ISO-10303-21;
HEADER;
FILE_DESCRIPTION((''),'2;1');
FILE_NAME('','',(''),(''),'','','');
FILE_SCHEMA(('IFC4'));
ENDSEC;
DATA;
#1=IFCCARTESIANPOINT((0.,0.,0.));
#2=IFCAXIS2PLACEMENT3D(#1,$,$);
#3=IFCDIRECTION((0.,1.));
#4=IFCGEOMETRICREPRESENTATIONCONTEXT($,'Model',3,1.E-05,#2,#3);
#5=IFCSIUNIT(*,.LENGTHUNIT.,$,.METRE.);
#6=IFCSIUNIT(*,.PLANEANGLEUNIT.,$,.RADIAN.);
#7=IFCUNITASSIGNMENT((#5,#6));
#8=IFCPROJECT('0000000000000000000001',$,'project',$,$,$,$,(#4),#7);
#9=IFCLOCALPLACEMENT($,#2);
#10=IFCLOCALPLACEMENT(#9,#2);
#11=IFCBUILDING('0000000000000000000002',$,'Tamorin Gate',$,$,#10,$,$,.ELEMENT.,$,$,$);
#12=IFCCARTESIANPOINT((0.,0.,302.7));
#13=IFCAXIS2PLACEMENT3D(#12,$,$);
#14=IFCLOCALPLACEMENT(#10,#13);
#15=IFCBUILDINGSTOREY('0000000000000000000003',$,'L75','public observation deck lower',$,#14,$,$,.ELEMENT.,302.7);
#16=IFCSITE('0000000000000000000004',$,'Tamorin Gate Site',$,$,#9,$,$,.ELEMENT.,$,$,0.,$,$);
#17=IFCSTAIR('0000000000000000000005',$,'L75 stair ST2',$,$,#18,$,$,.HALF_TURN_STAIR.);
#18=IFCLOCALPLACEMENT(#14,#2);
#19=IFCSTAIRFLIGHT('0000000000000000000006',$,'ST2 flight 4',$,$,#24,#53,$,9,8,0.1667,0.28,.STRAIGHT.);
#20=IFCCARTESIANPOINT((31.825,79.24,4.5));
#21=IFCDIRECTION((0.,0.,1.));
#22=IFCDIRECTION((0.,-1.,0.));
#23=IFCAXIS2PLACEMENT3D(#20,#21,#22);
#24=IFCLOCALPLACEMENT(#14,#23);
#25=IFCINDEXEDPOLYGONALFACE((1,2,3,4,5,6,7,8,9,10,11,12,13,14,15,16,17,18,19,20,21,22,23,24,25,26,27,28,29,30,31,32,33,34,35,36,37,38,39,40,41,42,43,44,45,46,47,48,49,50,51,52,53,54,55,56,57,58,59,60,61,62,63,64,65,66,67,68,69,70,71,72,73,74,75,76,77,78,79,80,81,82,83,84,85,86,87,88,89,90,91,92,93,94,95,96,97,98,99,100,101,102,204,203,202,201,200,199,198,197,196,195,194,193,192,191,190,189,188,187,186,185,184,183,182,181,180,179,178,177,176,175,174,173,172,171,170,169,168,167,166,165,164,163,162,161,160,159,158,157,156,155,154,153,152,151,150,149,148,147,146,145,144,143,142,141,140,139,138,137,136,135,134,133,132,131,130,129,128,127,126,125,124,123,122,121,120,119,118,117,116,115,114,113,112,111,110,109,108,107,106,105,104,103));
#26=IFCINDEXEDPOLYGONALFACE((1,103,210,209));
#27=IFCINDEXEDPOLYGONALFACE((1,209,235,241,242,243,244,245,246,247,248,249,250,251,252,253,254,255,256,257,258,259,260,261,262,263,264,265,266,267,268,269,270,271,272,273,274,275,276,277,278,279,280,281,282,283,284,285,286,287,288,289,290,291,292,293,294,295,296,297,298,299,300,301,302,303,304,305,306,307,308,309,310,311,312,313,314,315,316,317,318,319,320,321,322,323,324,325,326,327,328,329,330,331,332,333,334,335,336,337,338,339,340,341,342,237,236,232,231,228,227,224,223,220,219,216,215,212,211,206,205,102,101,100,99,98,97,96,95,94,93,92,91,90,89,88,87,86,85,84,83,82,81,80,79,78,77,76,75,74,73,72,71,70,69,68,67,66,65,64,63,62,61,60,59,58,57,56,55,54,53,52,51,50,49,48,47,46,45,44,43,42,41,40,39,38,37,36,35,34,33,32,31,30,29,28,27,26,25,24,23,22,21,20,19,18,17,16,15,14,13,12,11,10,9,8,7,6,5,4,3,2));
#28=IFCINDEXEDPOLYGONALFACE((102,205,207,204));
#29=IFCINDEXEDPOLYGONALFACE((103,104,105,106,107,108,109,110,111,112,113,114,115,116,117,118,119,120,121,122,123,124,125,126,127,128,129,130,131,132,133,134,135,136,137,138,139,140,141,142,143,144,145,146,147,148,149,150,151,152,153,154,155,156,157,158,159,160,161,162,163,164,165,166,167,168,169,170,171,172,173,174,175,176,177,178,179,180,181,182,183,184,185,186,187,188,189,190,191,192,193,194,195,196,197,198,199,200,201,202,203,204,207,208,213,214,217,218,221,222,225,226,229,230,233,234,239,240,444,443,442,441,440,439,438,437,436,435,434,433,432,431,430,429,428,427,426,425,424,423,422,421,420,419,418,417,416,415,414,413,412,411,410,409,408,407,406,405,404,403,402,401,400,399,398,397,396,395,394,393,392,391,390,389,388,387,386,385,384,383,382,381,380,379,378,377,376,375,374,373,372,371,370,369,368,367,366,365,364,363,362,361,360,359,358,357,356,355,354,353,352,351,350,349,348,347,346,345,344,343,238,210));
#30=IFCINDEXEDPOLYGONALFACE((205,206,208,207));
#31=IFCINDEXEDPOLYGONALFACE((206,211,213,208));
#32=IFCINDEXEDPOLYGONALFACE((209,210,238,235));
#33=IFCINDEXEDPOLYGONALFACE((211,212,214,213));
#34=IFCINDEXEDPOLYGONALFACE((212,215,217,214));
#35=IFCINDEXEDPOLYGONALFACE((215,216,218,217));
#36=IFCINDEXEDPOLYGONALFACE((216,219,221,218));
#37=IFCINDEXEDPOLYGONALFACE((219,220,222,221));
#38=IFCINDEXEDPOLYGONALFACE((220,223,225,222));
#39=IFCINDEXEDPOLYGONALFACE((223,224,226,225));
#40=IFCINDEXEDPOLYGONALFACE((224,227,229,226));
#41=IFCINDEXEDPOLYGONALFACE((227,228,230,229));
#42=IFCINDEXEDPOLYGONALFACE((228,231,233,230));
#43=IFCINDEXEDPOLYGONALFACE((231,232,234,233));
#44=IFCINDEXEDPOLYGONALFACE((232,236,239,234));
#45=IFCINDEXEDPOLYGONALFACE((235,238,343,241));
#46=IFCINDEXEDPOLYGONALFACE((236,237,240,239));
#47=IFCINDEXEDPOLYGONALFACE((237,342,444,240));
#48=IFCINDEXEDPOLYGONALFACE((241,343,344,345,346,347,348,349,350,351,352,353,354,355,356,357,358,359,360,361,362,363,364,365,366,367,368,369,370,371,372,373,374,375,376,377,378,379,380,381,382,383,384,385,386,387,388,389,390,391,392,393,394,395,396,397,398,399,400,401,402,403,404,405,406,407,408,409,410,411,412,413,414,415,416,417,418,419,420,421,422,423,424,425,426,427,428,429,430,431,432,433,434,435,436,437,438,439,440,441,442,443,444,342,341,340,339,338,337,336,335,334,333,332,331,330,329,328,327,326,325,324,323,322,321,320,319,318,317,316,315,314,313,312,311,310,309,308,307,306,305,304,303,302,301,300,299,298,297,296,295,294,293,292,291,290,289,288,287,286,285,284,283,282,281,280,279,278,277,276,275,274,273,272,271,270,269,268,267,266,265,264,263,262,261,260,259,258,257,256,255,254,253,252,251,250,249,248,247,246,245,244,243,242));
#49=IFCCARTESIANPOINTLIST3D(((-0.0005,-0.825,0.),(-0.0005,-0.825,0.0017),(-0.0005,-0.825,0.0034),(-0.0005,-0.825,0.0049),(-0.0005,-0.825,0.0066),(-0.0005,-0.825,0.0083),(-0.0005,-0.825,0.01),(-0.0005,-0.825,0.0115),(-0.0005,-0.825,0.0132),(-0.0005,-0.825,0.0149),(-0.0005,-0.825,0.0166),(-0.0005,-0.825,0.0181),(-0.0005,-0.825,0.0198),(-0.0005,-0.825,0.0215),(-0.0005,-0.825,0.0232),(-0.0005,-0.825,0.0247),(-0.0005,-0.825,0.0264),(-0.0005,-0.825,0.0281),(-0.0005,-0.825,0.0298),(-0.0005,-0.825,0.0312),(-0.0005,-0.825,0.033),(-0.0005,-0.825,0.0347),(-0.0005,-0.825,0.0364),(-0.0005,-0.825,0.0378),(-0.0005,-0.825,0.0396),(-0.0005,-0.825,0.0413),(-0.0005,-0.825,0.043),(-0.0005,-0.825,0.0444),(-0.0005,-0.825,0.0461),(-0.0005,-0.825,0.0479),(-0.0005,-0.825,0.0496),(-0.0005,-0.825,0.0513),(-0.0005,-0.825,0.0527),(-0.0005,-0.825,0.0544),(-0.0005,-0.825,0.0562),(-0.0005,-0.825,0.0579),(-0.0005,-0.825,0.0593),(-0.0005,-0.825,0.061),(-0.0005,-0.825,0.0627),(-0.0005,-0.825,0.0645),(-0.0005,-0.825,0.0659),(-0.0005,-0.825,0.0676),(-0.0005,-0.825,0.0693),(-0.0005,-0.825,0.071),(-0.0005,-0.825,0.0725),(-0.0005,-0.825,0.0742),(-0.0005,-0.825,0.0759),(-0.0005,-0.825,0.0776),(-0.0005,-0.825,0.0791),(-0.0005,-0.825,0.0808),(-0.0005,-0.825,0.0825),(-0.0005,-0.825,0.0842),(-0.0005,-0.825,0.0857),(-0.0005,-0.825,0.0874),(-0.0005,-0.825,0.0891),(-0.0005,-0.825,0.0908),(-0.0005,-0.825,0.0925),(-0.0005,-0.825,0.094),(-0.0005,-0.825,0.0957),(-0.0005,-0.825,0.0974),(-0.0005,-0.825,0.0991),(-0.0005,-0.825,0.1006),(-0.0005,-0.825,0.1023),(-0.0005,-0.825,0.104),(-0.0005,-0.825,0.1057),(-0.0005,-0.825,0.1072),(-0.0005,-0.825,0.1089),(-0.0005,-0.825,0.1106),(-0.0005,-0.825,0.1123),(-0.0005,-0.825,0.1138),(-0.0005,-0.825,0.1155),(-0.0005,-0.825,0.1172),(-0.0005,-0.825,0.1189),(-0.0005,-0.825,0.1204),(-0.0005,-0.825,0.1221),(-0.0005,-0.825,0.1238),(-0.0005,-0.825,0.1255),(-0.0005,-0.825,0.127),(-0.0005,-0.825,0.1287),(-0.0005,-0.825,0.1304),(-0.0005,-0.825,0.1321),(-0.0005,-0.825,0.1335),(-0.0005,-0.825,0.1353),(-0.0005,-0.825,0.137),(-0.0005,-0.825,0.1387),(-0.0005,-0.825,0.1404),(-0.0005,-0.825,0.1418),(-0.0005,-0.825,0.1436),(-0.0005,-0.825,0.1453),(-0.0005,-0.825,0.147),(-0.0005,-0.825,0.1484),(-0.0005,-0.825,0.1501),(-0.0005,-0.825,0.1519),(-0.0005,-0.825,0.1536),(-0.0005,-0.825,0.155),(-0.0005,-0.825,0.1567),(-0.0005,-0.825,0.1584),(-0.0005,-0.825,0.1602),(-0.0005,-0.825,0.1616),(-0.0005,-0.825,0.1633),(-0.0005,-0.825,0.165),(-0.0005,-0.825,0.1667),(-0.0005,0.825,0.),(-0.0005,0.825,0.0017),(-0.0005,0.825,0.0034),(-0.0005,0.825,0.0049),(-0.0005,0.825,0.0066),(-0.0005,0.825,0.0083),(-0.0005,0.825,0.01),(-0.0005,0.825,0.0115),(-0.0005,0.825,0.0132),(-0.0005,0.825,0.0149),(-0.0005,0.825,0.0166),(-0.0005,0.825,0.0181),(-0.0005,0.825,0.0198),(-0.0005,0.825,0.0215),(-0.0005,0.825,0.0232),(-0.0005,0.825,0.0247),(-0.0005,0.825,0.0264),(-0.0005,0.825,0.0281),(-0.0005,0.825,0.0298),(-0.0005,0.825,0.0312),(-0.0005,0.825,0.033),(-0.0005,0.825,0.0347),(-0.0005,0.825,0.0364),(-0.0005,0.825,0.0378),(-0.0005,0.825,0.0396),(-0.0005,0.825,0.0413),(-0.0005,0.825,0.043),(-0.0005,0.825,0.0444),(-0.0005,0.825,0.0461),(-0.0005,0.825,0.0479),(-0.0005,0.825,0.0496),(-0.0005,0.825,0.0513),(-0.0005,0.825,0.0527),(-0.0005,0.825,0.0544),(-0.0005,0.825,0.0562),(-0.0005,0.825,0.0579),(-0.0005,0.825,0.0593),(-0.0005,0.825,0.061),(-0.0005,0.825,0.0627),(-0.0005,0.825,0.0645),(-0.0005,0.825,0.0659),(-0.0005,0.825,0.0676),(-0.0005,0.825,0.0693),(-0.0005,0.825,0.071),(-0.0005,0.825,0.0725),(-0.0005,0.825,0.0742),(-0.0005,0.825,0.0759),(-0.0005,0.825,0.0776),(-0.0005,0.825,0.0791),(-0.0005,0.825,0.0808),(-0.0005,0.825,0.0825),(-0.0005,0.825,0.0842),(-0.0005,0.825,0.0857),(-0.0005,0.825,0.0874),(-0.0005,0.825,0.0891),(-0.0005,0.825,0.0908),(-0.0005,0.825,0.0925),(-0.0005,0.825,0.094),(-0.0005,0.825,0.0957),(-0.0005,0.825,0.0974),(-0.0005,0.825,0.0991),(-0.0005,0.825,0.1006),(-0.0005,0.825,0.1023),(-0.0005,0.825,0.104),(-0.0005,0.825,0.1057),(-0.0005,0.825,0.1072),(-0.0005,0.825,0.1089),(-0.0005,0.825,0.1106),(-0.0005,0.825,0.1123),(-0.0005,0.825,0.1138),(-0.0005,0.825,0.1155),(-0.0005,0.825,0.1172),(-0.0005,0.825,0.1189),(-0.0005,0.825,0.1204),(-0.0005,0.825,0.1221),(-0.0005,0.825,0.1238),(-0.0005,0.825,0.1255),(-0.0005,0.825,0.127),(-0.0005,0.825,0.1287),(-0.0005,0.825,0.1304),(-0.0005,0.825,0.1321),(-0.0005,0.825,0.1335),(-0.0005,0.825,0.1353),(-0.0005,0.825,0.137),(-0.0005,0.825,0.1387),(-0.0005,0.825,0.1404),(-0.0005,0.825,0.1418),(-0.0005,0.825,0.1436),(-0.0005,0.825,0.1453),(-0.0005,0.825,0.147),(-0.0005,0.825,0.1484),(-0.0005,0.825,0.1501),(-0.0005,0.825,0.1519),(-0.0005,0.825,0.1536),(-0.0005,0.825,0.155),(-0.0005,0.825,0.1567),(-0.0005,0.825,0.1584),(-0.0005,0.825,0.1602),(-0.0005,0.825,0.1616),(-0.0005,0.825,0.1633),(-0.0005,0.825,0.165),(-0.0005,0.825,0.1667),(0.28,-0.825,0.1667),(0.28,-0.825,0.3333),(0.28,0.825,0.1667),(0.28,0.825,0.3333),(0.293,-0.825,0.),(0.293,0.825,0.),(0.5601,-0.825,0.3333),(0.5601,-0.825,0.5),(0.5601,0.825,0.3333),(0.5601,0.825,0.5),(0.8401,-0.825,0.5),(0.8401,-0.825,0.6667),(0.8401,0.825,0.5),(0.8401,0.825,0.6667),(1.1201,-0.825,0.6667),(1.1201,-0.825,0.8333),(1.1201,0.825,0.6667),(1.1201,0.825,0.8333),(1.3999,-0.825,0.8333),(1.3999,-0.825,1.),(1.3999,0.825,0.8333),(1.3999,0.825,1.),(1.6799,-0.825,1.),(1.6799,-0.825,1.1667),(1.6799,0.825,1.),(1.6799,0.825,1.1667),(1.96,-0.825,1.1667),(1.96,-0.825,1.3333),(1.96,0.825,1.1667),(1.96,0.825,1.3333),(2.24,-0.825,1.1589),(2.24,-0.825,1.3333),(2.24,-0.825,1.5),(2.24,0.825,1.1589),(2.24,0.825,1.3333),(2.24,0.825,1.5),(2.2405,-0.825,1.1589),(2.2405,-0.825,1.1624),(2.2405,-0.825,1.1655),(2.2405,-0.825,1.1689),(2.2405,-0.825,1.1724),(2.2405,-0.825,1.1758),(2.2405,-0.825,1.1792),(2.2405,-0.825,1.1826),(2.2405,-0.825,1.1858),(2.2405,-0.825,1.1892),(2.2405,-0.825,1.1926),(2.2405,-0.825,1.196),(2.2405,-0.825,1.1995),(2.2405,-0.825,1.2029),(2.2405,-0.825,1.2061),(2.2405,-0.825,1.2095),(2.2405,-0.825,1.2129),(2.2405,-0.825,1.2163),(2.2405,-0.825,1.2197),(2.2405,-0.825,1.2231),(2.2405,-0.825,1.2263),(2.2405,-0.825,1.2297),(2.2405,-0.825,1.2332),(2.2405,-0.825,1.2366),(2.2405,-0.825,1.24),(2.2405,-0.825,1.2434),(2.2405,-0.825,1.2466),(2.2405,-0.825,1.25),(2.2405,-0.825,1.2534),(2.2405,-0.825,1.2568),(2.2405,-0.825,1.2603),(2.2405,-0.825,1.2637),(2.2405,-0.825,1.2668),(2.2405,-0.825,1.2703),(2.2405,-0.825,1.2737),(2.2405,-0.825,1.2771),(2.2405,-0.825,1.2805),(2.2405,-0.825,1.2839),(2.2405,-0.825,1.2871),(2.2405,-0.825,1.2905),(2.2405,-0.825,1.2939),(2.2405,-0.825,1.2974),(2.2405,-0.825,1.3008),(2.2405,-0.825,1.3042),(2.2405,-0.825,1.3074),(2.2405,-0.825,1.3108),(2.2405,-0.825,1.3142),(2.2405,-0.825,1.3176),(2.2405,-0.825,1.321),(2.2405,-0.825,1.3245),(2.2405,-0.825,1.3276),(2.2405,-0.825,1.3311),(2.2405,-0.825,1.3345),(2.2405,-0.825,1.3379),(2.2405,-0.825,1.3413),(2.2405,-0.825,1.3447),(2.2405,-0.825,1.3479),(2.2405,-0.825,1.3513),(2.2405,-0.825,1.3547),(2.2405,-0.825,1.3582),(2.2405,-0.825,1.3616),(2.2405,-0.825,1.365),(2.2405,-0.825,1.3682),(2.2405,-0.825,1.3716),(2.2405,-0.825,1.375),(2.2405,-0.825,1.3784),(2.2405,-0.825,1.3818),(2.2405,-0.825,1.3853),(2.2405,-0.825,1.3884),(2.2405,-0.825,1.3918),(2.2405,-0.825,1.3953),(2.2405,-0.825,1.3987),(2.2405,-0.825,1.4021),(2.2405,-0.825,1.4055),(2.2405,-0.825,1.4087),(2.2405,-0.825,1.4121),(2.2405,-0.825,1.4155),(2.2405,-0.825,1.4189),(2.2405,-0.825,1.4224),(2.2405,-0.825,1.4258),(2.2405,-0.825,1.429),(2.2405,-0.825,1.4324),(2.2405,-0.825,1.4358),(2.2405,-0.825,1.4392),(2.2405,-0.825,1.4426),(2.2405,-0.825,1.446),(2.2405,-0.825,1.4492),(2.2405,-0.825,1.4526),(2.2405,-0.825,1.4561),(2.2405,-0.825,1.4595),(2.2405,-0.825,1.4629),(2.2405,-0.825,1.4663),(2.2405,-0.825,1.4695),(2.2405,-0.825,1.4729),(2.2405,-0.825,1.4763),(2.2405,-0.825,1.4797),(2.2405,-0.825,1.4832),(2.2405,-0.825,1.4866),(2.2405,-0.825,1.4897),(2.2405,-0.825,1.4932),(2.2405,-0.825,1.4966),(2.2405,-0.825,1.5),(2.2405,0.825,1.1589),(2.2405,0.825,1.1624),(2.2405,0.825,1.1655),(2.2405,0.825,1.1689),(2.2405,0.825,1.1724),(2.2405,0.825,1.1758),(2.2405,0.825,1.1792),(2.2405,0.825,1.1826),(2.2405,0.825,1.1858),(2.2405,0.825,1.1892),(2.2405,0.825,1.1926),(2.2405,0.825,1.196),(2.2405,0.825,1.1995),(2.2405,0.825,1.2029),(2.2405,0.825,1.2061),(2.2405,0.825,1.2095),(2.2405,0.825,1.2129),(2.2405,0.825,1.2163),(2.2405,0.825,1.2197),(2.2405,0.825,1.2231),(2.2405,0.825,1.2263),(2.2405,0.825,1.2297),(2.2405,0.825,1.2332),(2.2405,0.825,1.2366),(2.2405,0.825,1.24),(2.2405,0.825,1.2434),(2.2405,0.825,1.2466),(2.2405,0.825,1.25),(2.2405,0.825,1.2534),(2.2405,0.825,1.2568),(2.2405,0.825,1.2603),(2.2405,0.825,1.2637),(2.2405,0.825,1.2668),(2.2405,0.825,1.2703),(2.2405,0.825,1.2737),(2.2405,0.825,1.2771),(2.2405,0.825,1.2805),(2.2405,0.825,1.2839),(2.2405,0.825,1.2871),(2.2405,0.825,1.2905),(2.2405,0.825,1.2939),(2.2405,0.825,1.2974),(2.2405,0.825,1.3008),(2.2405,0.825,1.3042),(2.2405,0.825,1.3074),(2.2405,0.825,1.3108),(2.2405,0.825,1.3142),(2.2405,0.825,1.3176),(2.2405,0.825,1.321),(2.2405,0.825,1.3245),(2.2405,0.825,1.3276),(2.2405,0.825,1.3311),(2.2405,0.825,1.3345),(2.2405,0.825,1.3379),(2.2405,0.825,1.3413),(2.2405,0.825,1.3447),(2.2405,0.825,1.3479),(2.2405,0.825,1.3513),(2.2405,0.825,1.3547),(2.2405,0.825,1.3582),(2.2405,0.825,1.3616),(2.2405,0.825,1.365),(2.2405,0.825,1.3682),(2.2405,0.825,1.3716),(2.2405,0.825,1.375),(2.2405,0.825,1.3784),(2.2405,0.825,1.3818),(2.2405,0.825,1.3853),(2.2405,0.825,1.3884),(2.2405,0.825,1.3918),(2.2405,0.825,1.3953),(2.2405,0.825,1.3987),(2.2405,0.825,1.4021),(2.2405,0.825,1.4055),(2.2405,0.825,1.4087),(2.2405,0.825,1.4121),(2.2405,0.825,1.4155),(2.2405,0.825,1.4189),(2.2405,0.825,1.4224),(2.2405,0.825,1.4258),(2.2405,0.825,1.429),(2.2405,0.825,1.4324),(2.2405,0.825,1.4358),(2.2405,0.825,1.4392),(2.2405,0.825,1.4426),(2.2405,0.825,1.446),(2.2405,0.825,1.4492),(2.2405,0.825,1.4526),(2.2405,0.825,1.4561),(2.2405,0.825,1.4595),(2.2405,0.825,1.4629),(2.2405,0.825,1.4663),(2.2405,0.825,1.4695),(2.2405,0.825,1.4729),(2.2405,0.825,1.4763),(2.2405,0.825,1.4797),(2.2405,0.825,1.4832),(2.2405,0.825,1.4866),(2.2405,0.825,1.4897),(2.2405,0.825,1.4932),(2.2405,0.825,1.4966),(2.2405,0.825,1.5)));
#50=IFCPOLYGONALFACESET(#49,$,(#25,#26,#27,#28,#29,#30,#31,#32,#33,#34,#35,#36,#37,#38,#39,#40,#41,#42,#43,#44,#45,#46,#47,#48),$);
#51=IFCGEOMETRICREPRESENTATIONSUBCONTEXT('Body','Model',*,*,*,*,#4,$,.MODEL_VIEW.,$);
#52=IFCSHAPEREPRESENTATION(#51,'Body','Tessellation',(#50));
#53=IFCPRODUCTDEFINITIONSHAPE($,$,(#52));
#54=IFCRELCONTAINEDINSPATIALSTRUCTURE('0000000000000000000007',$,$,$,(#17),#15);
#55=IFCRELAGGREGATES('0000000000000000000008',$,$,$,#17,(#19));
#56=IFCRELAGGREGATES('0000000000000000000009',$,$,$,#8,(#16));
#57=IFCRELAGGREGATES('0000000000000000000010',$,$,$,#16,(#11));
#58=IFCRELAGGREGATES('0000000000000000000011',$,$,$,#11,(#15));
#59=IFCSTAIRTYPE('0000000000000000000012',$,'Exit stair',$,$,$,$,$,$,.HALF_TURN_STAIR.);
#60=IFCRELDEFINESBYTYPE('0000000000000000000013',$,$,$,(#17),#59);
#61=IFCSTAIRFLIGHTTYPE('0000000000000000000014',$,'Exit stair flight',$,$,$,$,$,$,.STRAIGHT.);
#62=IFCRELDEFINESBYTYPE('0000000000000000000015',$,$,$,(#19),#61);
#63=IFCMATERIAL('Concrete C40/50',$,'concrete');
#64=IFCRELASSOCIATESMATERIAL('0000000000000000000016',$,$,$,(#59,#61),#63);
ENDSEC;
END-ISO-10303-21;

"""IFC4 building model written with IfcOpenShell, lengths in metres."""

from ifc_helpers import new_model, si_unit, direction, frame, origin, place, context, subcontext, project, spatial, polyline, outline, extrude, material, type_object, element, aggregate, save


model = new_model("IFC4")

# Units and contexts
model_context = context("Model", 3, precision=1e-05, world=origin(), true_north=direction((0.0, 1.0)))
body_context = subcontext(model_context, "Body", "Model", "MODEL_VIEW")
ifc_project = project(units=[si_unit("LENGTHUNIT", "METRE"), si_unit("PLANEANGLEUNIT", "RADIAN")], contexts=[model_context])

# Site, building, storey
site_placement = place(None, origin())
site = spatial("IfcSite", under=ifc_project, at=site_placement, Name="Tamorin Gate Site", CompositionType="ELEMENT", RefElevation=0.0)
building_placement = place(site_placement, origin())
building = spatial("IfcBuilding", under=site, at=building_placement, Name="Tamorin Gate", CompositionType="ELEMENT")
storey_placement = place(building_placement, frame((0.0, 0.0, 302.7)))
storey = spatial("IfcBuildingStorey", under=building, at=storey_placement, Name="L75", Description="public observation deck lower", CompositionType="ELEMENT", Elevation=302.7)

# Stair, stair flight
ifc_material_1 = material(Name="Concrete C40/50", Category="concrete")
stair_type = type_object("IfcStairType", Name="Exit stair", PredefinedType="HALF_TURN_STAIR", material=ifc_material_1)
stair_placement = place(storey_placement, origin())
stair = element("IfcStair", 1, at=stair_placement, inside=storey, type_object=stair_type, Name="L75 stair ST2", PredefinedType="HALF_TURN_STAIR")
stair_flight_type = type_object("IfcStairFlightType", Name="Exit stair flight", PredefinedType="STRAIGHT", material=ifc_material_1)
stair_flight_1_placement = place(storey_placement, frame((31.825, 79.24, 4.5), z_axis=(0.0, 0.0, 1.0), x_axis=(0.0, -1.0, 0.0)))
stair_flight_1 = element("IfcStairFlight", 2, at=stair_flight_1_placement, type_object=stair_flight_type, Name="ST2 flight 4", NumberOfRisers=9, NumberOfTreads=8, PredefinedType="STRAIGHT", RiserHeight=0.1667, TreadLength=0.28, context=body_context, shape_type="SweptSolid", body=[
    extrude(outline(polyline([(-0.0005, 0.0), (-0.0005, 0.0017), (-0.0005, 0.0034), (-0.0005, 0.0049), (-0.0005, 0.0066), (-0.0005, 0.0083), (-0.0005, 0.01), (-0.0005, 0.0115), (-0.0005, 0.0132), (-0.0005, 0.0149), (-0.0005, 0.0166), (-0.0005, 0.0181), (-0.0005, 0.0198), (-0.0005, 0.0215), (-0.0005, 0.0232), (-0.0005, 0.0247), (-0.0005, 0.0264), (-0.0005, 0.0281), (-0.0005, 0.0298), (-0.0005, 0.0312), (-0.0005, 0.033), (-0.0005, 0.0347), (-0.0005, 0.0364), (-0.0005, 0.0378), (-0.0005, 0.0396), (-0.0005, 0.0413), (-0.0005, 0.043), (-0.0005, 0.0444), (-0.0005, 0.0461), (-0.0005, 0.0479), (-0.0005, 0.0496), (-0.0005, 0.0513), (-0.0005, 0.0527), (-0.0005, 0.0544), (-0.0005, 0.0562), (-0.0005, 0.0579), (-0.0005, 0.0593), (-0.0005, 0.061), (-0.0005, 0.0627), (-0.0005, 0.0645), (-0.0005, 0.0659), (-0.0005, 0.0676), (-0.0005, 0.0693), (-0.0005, 0.071), (-0.0005, 0.0725), (-0.0005, 0.0742), (-0.0005, 0.0759), (-0.0005, 0.0776), (-0.0005, 0.0791), (-0.0005, 0.0808), (-0.0005, 0.0825), (-0.0005, 0.0842), (-0.0005, 0.0857), (-0.0005, 0.0874), (-0.0005, 0.0891), (-0.0005, 0.0908), (-0.0005, 0.0925), (-0.0005, 0.094), (-0.0005, 0.0957), (-0.0005, 0.0974), (-0.0005, 0.0991), (-0.0005, 0.1006), (-0.0005, 0.1023), (-0.0005, 0.104), (-0.0005, 0.1057), (-0.0005, 0.1072), (-0.0005, 0.1089), (-0.0005, 0.1106), (-0.0005, 0.1123), (-0.0005, 0.1138), (-0.0005, 0.1155), (-0.0005, 0.1172), (-0.0005, 0.1189), (-0.0005, 0.1204), (-0.0005, 0.1221), (-0.0005, 0.1238), (-0.0005, 0.1255), (-0.0005, 0.127), (-0.0005, 0.1287), (-0.0005, 0.1304), (-0.0005, 0.1321), (-0.0005, 0.1335), (-0.0005, 0.1353), (-0.0005, 0.137), (-0.0005, 0.1387), (-0.0005, 0.1404), (-0.0005, 0.1418), (-0.0005, 0.1436), (-0.0005, 0.1453), (-0.0005, 0.147), (-0.0005, 0.1484), (-0.0005, 0.1501), (-0.0005, 0.1519), (-0.0005, 0.1536), (-0.0005, 0.155), (-0.0005, 0.1567), (-0.0005, 0.1584), (-0.0005, 0.1602), (-0.0005, 0.1616), (-0.0005, 0.1633), (-0.0005, 0.165), (-0.0005, 0.1667), (0.28, 0.1667), (0.28, 0.3333), (0.5601, 0.3333), (0.5601, 0.5), (0.8401, 0.5), (0.8401, 0.6667), (1.1201, 0.6667), (1.1201, 0.8333), (1.3999, 0.8333), (1.3999, 1.0), (1.6799, 1.0), (1.6799, 1.1667), (1.96, 1.1667), (1.96, 1.3333), (2.24, 1.3333), (2.24, 1.5), (2.2405, 1.5), (2.2405, 1.4966), (2.2405, 1.4932), (2.2405, 1.4897), (2.2405, 1.4866), (2.2405, 1.4832), (2.2405, 1.4797), (2.2405, 1.4763), (2.2405, 1.4729), (2.2405, 1.4695), (2.2405, 1.4663), (2.2405, 1.4629), (2.2405, 1.4595), (2.2405, 1.4561), (2.2405, 1.4526), (2.2405, 1.4492), (2.2405, 1.446), (2.2405, 1.4426), (2.2405, 1.4392), (2.2405, 1.4358), (2.2405, 1.4324), (2.2405, 1.429), (2.2405, 1.4258), (2.2405, 1.4224), (2.2405, 1.4189), (2.2405, 1.4155), (2.2405, 1.4121), (2.2405, 1.4087), (2.2405, 1.4055), (2.2405, 1.4021), (2.2405, 1.3987), (2.2405, 1.3953), (2.2405, 1.3918), (2.2405, 1.3884), (2.2405, 1.3853), (2.2405, 1.3818), (2.2405, 1.3784), (2.2405, 1.375), (2.2405, 1.3716), (2.2405, 1.3682), (2.2405, 1.365), (2.2405, 1.3616), (2.2405, 1.3582), (2.2405, 1.3547), (2.2405, 1.3513), (2.2405, 1.3479), (2.2405, 1.3447), (2.2405, 1.3413), (2.2405, 1.3379), (2.2405, 1.3345), (2.2405, 1.3311), (2.2405, 1.3276), (2.2405, 1.3245), (2.2405, 1.321), (2.2405, 1.3176), (2.2405, 1.3142), (2.2405, 1.3108), (2.2405, 1.3074), (2.2405, 1.3042), (2.2405, 1.3008), (2.2405, 1.2974), (2.2405, 1.2939), (2.2405, 1.2905), (2.2405, 1.2871), (2.2405, 1.2839), (2.2405, 1.2805), (2.2405, 1.2771), (2.2405, 1.2737), (2.2405, 1.2703), (2.2405, 1.2668), (2.2405, 1.2637), (2.2405, 1.2603), (2.2405, 1.2568), (2.2405, 1.2534), (2.2405, 1.25), (2.2405, 1.2466), (2.2405, 1.2434), (2.2405, 1.24), (2.2405, 1.2366), (2.2405, 1.2332), (2.2405, 1.2297), (2.2405, 1.2263), (2.2405, 1.2231), (2.2405, 1.2197), (2.2405, 1.2163), (2.2405, 1.2129), (2.2405, 1.2095), (2.2405, 1.2061), (2.2405, 1.2029), (2.2405, 1.1995), (2.2405, 1.196), (2.2405, 1.1926), (2.2405, 1.1892), (2.2405, 1.1858), (2.2405, 1.1826), (2.2405, 1.1792), (2.2405, 1.1758), (2.2405, 1.1724), (2.2405, 1.1689), (2.2405, 1.1655), (2.2405, 1.1624), (2.2405, 1.1589), (2.24, 1.1589), (0.293, 0.0), (-0.0005, 0.0)])), frame((0.0, 0.825, 0.0), z_axis=(0.0, -1.0, 0.0), x_axis=(1.0, 0.0, 0.0)), (0.0, 0.0, 1.0), 1.6499),
])
aggregate(stair, [stair_flight_1])

save(model, "model.ifc")
